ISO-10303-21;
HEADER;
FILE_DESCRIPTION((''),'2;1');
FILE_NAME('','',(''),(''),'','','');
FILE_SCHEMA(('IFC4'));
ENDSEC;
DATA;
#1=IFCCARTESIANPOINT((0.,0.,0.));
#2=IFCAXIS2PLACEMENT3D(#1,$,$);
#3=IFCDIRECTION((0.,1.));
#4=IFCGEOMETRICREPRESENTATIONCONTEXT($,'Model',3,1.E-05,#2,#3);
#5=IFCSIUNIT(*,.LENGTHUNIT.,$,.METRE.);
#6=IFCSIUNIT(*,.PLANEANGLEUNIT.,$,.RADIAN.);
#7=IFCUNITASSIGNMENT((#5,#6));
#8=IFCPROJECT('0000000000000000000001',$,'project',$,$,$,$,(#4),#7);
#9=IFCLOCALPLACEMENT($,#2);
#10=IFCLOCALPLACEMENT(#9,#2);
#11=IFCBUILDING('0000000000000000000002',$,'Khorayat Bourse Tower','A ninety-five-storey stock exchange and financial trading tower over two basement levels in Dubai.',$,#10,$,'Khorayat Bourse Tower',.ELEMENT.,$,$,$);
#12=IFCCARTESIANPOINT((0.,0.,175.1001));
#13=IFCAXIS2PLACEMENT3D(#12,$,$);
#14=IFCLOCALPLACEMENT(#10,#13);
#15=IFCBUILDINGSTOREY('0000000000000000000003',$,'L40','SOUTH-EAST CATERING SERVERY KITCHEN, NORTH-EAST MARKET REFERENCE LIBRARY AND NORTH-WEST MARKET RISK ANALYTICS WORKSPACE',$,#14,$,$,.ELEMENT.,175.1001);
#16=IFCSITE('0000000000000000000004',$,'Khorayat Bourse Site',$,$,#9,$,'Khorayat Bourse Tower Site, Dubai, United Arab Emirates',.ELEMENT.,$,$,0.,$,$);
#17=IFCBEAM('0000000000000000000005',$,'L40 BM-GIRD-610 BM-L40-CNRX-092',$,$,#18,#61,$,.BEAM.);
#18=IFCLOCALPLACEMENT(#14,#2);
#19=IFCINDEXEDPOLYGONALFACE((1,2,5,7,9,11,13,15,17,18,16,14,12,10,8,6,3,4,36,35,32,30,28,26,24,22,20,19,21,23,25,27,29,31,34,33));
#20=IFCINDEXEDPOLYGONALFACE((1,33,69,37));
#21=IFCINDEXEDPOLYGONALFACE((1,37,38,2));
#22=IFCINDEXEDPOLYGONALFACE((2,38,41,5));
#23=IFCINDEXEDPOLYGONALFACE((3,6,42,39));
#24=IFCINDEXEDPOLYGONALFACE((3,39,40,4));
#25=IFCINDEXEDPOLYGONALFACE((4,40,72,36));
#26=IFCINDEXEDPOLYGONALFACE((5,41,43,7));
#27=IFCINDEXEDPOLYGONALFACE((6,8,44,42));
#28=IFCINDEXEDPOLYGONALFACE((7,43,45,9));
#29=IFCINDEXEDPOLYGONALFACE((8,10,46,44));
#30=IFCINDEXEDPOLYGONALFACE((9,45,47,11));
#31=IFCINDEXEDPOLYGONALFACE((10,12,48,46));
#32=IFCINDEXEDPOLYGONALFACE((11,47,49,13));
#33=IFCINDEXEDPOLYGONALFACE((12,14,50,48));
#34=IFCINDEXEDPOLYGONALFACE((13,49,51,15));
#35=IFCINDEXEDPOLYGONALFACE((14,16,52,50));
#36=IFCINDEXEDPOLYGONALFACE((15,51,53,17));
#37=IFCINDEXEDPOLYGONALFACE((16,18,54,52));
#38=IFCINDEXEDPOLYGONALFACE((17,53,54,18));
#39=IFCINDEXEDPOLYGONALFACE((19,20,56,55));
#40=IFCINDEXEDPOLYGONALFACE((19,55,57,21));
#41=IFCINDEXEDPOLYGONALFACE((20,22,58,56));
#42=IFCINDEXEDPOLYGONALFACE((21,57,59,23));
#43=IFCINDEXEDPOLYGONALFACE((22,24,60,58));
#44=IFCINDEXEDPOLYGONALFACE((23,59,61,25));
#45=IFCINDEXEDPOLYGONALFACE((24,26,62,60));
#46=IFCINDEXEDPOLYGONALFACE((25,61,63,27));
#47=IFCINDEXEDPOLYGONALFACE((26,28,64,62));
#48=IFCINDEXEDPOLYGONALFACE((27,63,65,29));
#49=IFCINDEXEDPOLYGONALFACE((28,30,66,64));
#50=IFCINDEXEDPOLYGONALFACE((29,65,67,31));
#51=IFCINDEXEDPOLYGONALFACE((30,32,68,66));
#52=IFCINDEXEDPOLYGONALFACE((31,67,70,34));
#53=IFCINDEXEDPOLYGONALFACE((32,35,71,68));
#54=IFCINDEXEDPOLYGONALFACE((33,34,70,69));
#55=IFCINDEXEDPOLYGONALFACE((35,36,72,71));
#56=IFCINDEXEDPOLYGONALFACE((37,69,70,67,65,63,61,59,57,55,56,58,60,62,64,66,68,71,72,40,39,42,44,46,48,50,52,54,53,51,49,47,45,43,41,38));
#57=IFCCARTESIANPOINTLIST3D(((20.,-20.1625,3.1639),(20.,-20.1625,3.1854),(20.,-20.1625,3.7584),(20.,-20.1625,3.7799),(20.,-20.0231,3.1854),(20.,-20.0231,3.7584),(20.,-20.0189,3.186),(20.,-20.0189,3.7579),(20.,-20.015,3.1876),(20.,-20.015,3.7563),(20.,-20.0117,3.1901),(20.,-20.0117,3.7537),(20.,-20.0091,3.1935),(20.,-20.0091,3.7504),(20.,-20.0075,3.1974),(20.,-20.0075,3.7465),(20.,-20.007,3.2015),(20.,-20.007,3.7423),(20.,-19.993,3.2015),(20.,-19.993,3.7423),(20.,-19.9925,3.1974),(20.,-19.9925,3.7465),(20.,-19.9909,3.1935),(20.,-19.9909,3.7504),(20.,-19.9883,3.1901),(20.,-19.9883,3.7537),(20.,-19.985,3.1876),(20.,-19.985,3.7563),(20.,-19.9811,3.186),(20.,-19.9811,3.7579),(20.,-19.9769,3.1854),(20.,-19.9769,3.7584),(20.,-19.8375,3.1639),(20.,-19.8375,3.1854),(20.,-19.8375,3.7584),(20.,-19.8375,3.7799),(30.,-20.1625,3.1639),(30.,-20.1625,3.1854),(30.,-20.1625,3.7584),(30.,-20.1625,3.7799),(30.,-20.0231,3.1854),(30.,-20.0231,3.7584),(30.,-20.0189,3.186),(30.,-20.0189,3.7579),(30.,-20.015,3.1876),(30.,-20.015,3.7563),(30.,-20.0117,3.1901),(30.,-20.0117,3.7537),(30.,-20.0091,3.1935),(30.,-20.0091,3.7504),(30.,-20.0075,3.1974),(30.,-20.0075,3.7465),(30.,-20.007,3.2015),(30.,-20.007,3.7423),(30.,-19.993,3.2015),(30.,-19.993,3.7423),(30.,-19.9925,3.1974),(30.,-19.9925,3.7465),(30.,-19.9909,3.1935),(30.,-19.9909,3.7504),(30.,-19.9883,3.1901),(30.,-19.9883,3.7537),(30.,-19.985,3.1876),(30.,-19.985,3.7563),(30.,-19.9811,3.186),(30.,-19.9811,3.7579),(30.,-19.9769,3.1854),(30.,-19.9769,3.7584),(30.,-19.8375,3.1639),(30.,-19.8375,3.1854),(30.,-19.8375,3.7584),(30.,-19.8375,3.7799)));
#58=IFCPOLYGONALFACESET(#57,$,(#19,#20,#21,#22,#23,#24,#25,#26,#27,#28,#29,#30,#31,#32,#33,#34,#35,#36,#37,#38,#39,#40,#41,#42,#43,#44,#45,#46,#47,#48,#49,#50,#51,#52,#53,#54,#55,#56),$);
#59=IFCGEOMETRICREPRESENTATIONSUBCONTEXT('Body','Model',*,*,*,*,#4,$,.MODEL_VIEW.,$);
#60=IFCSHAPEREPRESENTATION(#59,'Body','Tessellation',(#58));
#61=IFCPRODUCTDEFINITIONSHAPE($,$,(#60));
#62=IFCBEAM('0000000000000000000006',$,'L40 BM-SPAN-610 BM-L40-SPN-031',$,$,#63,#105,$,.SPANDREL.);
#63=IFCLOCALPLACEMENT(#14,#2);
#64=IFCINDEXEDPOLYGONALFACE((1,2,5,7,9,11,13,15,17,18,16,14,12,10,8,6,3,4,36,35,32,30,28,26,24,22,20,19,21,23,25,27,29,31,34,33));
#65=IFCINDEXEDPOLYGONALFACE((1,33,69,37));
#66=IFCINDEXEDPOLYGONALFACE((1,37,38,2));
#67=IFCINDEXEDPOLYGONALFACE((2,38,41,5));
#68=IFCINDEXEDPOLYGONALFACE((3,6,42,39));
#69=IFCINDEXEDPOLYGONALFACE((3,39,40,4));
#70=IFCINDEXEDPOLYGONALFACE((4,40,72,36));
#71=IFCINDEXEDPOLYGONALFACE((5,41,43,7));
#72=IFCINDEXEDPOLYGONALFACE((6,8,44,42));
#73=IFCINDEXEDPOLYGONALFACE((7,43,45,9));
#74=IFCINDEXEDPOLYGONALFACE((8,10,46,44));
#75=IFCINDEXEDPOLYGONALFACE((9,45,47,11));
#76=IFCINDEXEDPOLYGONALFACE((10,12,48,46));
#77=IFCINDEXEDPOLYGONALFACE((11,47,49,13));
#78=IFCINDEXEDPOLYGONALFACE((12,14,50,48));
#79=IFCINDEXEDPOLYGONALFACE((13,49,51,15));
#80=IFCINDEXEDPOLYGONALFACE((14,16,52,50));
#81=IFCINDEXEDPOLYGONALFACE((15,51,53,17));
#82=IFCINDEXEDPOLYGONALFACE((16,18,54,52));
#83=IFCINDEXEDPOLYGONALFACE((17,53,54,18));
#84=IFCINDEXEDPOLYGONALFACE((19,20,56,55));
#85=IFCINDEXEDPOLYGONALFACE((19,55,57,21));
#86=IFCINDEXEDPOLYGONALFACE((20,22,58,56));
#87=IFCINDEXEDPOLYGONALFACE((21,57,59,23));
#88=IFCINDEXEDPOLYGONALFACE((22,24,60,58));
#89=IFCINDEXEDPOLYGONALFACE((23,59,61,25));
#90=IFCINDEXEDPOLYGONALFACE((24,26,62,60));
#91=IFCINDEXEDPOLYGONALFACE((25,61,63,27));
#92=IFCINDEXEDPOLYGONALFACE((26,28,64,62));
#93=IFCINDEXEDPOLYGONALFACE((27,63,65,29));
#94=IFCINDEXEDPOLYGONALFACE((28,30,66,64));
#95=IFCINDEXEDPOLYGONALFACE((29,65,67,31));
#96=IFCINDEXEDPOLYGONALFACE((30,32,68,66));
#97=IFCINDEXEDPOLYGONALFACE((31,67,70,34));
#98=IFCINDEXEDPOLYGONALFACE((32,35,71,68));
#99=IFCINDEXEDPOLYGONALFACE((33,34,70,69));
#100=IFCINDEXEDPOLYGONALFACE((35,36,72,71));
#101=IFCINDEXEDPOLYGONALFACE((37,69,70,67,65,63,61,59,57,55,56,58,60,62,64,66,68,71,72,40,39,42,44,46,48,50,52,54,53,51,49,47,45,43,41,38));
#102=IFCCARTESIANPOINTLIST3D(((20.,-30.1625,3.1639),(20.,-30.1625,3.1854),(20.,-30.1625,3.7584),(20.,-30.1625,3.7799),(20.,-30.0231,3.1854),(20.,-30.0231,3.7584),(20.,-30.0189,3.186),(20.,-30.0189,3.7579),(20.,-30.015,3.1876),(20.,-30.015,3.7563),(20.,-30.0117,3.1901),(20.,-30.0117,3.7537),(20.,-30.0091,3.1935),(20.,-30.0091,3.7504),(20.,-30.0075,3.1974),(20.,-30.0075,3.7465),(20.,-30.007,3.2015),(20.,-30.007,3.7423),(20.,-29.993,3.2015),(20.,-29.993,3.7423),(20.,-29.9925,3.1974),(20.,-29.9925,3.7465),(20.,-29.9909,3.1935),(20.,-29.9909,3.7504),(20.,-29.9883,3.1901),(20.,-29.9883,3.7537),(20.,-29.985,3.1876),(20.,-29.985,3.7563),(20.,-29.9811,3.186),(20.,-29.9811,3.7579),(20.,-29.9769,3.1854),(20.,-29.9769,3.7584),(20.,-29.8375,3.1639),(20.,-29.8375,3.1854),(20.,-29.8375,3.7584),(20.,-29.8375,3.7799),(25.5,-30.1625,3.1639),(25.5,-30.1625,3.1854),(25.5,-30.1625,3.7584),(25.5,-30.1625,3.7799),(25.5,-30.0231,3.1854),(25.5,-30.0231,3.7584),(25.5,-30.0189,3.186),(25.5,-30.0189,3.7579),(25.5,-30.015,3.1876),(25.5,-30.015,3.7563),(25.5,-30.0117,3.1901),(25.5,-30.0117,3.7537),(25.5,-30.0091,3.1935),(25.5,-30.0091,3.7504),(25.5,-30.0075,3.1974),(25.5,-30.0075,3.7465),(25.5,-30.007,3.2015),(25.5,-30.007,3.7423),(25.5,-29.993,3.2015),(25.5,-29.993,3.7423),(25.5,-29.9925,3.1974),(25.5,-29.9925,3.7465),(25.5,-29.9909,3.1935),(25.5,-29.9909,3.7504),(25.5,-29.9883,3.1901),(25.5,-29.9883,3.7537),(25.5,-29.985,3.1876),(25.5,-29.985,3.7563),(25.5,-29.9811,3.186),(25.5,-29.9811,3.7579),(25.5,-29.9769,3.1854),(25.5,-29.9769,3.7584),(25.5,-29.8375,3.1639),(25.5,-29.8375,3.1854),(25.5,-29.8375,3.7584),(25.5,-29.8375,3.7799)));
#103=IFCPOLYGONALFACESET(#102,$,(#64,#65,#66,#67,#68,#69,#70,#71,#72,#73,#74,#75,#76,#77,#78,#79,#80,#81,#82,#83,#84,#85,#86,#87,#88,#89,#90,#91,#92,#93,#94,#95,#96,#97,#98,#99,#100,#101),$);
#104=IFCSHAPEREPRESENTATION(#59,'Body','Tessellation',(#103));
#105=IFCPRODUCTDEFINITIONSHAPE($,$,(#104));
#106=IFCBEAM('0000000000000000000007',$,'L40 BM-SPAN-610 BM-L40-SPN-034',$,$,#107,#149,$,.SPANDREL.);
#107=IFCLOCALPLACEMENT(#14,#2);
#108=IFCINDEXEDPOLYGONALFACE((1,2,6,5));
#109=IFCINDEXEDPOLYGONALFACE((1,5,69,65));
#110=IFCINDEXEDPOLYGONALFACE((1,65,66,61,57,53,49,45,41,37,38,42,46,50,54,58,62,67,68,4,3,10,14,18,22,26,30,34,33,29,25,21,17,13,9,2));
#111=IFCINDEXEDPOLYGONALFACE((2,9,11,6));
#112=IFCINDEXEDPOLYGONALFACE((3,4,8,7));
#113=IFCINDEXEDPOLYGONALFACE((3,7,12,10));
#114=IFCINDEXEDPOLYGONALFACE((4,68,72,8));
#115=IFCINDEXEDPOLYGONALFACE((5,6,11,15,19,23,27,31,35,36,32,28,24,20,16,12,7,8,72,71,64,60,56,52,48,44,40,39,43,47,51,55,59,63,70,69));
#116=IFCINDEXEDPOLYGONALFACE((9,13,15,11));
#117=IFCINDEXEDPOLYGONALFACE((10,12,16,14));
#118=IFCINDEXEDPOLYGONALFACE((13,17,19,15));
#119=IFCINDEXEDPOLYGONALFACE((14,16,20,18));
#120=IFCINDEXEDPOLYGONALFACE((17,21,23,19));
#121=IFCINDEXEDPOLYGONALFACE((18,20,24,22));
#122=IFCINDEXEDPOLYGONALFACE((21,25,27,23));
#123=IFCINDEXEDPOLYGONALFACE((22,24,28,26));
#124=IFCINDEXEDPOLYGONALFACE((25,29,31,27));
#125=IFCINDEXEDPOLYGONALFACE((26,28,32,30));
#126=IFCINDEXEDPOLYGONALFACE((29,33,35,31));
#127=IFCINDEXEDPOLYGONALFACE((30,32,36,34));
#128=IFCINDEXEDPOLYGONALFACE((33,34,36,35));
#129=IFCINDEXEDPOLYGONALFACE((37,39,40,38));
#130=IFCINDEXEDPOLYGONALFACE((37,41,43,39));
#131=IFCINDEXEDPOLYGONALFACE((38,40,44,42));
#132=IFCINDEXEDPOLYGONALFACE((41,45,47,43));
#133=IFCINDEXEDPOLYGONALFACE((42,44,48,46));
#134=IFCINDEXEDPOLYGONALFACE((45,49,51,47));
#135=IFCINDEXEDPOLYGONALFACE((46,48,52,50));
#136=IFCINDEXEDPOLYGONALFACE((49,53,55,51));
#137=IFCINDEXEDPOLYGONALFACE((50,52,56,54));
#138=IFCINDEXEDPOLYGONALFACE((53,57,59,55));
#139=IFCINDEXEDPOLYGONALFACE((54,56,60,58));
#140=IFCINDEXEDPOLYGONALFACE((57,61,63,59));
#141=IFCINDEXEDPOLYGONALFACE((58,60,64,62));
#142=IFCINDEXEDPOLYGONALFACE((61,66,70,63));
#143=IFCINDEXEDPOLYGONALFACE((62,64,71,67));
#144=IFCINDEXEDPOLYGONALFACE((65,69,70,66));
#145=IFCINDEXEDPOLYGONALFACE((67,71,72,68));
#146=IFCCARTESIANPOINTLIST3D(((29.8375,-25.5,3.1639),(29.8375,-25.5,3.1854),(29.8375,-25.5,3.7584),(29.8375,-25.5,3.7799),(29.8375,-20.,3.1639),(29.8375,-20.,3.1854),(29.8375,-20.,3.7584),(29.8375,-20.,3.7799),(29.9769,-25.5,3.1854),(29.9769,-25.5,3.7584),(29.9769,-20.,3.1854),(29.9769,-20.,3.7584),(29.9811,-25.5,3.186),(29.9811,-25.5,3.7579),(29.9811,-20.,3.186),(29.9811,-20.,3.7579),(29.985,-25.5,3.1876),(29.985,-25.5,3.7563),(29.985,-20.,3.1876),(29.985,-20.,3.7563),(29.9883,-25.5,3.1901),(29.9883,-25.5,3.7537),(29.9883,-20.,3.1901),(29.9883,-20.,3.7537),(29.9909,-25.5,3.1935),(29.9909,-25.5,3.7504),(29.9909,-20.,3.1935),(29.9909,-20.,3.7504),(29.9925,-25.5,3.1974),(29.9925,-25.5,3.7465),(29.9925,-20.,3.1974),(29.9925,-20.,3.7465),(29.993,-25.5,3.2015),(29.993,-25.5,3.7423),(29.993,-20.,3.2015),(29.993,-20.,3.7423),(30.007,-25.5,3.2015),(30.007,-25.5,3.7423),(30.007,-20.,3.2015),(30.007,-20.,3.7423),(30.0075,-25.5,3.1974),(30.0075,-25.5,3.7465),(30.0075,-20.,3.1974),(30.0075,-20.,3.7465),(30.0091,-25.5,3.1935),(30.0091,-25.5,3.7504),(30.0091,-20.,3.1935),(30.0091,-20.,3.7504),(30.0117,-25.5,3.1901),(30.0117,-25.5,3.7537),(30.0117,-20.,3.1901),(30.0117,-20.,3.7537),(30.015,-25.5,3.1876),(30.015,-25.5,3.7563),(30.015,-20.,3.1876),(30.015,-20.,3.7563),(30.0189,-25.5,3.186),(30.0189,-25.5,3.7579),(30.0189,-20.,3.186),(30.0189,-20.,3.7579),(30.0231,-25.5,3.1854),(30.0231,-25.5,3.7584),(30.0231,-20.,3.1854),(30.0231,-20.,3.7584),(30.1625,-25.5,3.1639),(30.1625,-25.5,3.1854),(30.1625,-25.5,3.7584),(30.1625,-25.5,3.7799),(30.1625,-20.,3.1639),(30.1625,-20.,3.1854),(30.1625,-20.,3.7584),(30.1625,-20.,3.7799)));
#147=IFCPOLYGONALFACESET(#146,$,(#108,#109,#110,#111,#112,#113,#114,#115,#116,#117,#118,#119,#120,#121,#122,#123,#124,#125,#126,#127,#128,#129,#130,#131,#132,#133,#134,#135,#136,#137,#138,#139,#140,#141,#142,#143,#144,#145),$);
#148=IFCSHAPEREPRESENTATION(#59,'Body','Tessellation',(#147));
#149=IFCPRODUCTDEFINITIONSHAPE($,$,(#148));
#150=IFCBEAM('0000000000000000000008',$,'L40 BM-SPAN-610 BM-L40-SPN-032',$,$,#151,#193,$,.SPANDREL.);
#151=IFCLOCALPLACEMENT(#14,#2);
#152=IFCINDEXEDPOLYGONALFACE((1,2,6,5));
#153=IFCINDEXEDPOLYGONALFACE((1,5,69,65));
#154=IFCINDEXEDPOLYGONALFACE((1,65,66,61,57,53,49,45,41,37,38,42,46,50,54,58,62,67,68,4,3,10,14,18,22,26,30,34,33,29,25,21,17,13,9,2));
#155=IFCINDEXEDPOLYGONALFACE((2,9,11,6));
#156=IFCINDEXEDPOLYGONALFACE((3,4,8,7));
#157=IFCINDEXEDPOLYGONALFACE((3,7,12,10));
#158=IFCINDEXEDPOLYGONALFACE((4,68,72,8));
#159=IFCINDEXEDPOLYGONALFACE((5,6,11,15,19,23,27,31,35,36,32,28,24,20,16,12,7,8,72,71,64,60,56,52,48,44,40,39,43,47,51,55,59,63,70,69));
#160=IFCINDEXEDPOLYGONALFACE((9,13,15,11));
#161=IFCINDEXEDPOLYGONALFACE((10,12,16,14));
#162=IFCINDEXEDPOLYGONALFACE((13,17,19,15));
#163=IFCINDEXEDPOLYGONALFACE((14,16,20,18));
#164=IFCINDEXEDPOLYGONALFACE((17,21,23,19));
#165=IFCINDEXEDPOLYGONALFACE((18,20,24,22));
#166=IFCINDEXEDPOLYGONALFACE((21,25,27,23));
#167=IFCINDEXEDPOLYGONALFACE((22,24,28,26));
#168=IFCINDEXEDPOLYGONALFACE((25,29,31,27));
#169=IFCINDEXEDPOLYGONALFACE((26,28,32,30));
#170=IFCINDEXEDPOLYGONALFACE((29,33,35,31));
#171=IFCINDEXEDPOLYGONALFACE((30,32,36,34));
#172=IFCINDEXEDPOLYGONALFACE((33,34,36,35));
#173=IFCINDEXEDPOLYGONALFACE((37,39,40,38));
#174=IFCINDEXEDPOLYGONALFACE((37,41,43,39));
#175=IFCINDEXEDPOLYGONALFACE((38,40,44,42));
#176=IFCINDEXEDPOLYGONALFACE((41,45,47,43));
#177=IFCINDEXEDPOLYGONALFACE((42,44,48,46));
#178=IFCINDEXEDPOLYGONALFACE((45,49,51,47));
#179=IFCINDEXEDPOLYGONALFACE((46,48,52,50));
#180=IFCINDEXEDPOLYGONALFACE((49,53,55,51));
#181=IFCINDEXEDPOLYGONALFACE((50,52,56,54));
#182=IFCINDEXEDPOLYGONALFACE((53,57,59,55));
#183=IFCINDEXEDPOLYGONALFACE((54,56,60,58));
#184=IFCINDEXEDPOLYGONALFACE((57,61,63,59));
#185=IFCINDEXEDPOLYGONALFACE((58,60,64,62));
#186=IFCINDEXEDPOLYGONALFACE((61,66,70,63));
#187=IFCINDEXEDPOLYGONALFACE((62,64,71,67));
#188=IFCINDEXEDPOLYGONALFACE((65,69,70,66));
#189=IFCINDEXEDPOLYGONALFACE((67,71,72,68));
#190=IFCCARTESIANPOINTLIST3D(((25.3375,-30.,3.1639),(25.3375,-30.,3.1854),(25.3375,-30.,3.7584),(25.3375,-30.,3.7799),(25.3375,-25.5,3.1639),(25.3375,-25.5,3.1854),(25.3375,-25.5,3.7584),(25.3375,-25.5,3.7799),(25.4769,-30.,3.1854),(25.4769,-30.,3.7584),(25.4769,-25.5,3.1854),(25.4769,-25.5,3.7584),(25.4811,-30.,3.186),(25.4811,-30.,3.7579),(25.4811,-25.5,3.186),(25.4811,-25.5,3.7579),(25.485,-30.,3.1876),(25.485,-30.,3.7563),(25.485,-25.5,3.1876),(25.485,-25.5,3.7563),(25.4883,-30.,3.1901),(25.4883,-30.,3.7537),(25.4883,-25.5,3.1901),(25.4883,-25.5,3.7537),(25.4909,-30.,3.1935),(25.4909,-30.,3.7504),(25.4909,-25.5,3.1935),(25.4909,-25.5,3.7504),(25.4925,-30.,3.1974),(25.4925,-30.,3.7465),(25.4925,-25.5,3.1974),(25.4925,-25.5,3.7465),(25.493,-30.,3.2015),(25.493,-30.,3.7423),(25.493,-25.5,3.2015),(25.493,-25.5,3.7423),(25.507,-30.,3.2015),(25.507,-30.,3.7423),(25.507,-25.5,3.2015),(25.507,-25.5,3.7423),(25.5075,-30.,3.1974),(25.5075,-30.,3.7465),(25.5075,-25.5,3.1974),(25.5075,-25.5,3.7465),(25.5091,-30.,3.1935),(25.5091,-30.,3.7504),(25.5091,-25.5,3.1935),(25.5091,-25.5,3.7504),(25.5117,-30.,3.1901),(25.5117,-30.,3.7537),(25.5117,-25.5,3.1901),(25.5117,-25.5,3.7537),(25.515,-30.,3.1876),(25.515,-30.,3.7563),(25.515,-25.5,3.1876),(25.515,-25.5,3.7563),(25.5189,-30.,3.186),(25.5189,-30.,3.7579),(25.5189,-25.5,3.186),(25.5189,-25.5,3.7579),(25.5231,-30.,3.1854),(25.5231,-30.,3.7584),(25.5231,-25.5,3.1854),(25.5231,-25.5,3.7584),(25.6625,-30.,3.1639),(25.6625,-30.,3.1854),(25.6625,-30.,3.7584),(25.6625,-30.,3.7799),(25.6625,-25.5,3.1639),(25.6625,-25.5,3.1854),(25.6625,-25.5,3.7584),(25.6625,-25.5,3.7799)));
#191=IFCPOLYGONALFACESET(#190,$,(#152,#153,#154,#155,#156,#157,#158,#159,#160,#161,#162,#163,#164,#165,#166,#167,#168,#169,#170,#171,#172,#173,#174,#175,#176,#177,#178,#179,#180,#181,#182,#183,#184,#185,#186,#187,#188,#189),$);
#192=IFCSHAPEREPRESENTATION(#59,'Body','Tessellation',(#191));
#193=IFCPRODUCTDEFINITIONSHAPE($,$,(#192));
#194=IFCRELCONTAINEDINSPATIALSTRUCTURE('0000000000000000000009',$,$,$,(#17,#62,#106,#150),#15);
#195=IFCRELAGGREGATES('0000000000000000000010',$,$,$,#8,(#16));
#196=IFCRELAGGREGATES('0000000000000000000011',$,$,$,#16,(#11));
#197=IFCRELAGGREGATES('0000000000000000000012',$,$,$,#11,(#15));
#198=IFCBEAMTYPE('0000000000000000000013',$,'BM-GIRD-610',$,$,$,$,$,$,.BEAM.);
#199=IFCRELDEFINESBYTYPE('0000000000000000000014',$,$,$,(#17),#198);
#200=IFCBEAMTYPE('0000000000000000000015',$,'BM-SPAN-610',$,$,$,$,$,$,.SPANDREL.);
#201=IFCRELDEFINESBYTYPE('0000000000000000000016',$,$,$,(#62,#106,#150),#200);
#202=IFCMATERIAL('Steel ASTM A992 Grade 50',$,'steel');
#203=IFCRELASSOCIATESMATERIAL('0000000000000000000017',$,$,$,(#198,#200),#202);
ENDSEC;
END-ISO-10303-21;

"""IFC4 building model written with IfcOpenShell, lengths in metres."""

from ifc_helpers import new_model, si_unit, direction, frame, origin, origin_2d, place, context, subcontext, project, spatial, i_section, extrude, source, transform, mapped, material, material_profile, profile_set, type_object, element, save


model = new_model("IFC4")

# Units and contexts
model_context = context("Model", 3, precision=1e-05, world=origin(), true_north=direction((0.0, 1.0)))
body_context = subcontext(model_context, "Body", "Model", "MODEL_VIEW")
ifc_project = project(units=[si_unit("LENGTHUNIT", "METRE"), si_unit("PLANEANGLEUNIT", "RADIAN")], contexts=[model_context])

# Site, building, storey
site_placement = place(None, origin())
site = spatial("IfcSite", under=ifc_project, at=site_placement, Name="Khorayat Bourse Site", LongName="Khorayat Bourse Tower Site, Dubai, United Arab Emirates", CompositionType="ELEMENT", RefElevation=0.0)
building_placement = place(site_placement, origin())
building = spatial("IfcBuilding", under=site, at=building_placement, Name="Khorayat Bourse Tower", Description="A ninety-five-storey stock exchange and financial trading tower over two basement levels in Dubai.", LongName="Khorayat Bourse Tower", CompositionType="ELEMENT")
storey_placement = place(building_placement, frame((0.0, 0.0, 175.1001)))
storey = spatial("IfcBuildingStorey", under=building, at=storey_placement, Name="L40", Description="SOUTH-EAST CATERING SERVERY KITCHEN, NORTH-EAST MARKET REFERENCE LIBRARY AND NORTH-WEST MARKET RISK ANALYTICS WORKSPACE", CompositionType="ELEMENT", Elevation=175.1001)

# Beams
ifc_material_1 = material(Name="Steel ASTM A992 Grade 50", Category="steel")
ifc_material_profile_1 = material_profile(ifc_material_1, i_section(OverallWidth=0.325, OverallDepth=0.616, WebThickness=0.0139, FlangeThickness=0.0215, FilletRadius=0.0161, at=origin_2d()), Name="W610X174")
ifc_profile_set_1 = profile_set([ifc_material_profile_1], Name="Steel ASTM A992 Grade 50")
beam_type_1 = type_object("IfcBeamType", Name="BM-GIRD-610", PredefinedType="BEAM", material=ifc_profile_set_1)
shared_shape_1 = source(origin(), body_context, "Body", "SweptSolid", [
    extrude(i_section(OverallWidth=0.325, OverallDepth=0.616, WebThickness=0.0139, FlangeThickness=0.0215, FilletRadius=0.0161, at=origin_2d()), origin(), (0.0, 0.0, 1.0), 10.0),
])
beam_1_placement = place(storey_placement, frame((20.0, -20.0, 3.4719), z_axis=(1.0, 0.0, 0.0), x_axis=(0.0, 1.0, 0.0)))
element("IfcBeam", 1, at=beam_1_placement, inside=storey, type_object=beam_type_1, Name="L40 BM-GIRD-610 BM-L40-CNRX-092", PredefinedType="BEAM", context=body_context, shape_type="MappedRepresentation", body=[
    mapped(shared_shape_1, transform((0.0, 0.0, 0.0), scale=1.0)),
])
ifc_material_profile_2 = material_profile(ifc_material_1, i_section(OverallWidth=0.325, OverallDepth=0.616, WebThickness=0.0139, FlangeThickness=0.0215, FilletRadius=0.0161, at=origin_2d()), Name="W610X174")
ifc_profile_set_2 = profile_set([ifc_material_profile_2], Name="Steel ASTM A992 Grade 50")
beam_type_2 = type_object("IfcBeamType", Name="BM-SPAN-610", PredefinedType="SPANDREL", material=ifc_profile_set_2)
shared_shape_2 = source(origin(), body_context, "Body", "SweptSolid", [
    extrude(i_section(OverallWidth=0.325, OverallDepth=0.616, WebThickness=0.0139, FlangeThickness=0.0215, FilletRadius=0.0161, at=origin_2d()), origin(), (0.0, 0.0, 1.0), 5.5),
])
for number, where, z_axis, x_axis, name in (
    (2, (20.0, -30.0, 3.4719), (1.0, 0.0, 0.0), (0.0, 1.0, 0.0), "L40 BM-SPAN-610 BM-L40-SPN-031"),
    (3, (30.0, -25.5, 3.4719), (0.0, 1.0, 0.0), (-1.0, 0.0, 0.0), "L40 BM-SPAN-610 BM-L40-SPN-034"),
):
    element("IfcBeam", number, at=place(storey_placement, frame(where, z_axis=z_axis, x_axis=x_axis)), inside=storey, type_object=beam_type_2, Name=name, PredefinedType="SPANDREL", context=body_context, shape_type="MappedRepresentation", body=[
        mapped(shared_shape_2, transform((0.0, 0.0, 0.0), scale=1.0)),
    ])
shared_shape_3 = source(origin(), body_context, "Body", "SweptSolid", [
    extrude(i_section(OverallWidth=0.325, OverallDepth=0.616, WebThickness=0.0139, FlangeThickness=0.0215, FilletRadius=0.0161, at=origin_2d()), origin(), (0.0, 0.0, 1.0), 4.5),
])
for number, where, z_axis, x_axis, name in (
    (4, (25.5, -30.0, 3.4719), (0.0, 1.0, 0.0), (-1.0, 0.0, 0.0), "L40 BM-SPAN-610 BM-L40-SPN-032"),
):
    element("IfcBeam", number, at=place(storey_placement, frame(where, z_axis=z_axis, x_axis=x_axis)), inside=storey, type_object=beam_type_2, Name=name, PredefinedType="SPANDREL", context=body_context, shape_type="MappedRepresentation", body=[
        mapped(shared_shape_3, transform((0.0, 0.0, 0.0), scale=1.0)),
    ])

save(model, "model.ifc")
